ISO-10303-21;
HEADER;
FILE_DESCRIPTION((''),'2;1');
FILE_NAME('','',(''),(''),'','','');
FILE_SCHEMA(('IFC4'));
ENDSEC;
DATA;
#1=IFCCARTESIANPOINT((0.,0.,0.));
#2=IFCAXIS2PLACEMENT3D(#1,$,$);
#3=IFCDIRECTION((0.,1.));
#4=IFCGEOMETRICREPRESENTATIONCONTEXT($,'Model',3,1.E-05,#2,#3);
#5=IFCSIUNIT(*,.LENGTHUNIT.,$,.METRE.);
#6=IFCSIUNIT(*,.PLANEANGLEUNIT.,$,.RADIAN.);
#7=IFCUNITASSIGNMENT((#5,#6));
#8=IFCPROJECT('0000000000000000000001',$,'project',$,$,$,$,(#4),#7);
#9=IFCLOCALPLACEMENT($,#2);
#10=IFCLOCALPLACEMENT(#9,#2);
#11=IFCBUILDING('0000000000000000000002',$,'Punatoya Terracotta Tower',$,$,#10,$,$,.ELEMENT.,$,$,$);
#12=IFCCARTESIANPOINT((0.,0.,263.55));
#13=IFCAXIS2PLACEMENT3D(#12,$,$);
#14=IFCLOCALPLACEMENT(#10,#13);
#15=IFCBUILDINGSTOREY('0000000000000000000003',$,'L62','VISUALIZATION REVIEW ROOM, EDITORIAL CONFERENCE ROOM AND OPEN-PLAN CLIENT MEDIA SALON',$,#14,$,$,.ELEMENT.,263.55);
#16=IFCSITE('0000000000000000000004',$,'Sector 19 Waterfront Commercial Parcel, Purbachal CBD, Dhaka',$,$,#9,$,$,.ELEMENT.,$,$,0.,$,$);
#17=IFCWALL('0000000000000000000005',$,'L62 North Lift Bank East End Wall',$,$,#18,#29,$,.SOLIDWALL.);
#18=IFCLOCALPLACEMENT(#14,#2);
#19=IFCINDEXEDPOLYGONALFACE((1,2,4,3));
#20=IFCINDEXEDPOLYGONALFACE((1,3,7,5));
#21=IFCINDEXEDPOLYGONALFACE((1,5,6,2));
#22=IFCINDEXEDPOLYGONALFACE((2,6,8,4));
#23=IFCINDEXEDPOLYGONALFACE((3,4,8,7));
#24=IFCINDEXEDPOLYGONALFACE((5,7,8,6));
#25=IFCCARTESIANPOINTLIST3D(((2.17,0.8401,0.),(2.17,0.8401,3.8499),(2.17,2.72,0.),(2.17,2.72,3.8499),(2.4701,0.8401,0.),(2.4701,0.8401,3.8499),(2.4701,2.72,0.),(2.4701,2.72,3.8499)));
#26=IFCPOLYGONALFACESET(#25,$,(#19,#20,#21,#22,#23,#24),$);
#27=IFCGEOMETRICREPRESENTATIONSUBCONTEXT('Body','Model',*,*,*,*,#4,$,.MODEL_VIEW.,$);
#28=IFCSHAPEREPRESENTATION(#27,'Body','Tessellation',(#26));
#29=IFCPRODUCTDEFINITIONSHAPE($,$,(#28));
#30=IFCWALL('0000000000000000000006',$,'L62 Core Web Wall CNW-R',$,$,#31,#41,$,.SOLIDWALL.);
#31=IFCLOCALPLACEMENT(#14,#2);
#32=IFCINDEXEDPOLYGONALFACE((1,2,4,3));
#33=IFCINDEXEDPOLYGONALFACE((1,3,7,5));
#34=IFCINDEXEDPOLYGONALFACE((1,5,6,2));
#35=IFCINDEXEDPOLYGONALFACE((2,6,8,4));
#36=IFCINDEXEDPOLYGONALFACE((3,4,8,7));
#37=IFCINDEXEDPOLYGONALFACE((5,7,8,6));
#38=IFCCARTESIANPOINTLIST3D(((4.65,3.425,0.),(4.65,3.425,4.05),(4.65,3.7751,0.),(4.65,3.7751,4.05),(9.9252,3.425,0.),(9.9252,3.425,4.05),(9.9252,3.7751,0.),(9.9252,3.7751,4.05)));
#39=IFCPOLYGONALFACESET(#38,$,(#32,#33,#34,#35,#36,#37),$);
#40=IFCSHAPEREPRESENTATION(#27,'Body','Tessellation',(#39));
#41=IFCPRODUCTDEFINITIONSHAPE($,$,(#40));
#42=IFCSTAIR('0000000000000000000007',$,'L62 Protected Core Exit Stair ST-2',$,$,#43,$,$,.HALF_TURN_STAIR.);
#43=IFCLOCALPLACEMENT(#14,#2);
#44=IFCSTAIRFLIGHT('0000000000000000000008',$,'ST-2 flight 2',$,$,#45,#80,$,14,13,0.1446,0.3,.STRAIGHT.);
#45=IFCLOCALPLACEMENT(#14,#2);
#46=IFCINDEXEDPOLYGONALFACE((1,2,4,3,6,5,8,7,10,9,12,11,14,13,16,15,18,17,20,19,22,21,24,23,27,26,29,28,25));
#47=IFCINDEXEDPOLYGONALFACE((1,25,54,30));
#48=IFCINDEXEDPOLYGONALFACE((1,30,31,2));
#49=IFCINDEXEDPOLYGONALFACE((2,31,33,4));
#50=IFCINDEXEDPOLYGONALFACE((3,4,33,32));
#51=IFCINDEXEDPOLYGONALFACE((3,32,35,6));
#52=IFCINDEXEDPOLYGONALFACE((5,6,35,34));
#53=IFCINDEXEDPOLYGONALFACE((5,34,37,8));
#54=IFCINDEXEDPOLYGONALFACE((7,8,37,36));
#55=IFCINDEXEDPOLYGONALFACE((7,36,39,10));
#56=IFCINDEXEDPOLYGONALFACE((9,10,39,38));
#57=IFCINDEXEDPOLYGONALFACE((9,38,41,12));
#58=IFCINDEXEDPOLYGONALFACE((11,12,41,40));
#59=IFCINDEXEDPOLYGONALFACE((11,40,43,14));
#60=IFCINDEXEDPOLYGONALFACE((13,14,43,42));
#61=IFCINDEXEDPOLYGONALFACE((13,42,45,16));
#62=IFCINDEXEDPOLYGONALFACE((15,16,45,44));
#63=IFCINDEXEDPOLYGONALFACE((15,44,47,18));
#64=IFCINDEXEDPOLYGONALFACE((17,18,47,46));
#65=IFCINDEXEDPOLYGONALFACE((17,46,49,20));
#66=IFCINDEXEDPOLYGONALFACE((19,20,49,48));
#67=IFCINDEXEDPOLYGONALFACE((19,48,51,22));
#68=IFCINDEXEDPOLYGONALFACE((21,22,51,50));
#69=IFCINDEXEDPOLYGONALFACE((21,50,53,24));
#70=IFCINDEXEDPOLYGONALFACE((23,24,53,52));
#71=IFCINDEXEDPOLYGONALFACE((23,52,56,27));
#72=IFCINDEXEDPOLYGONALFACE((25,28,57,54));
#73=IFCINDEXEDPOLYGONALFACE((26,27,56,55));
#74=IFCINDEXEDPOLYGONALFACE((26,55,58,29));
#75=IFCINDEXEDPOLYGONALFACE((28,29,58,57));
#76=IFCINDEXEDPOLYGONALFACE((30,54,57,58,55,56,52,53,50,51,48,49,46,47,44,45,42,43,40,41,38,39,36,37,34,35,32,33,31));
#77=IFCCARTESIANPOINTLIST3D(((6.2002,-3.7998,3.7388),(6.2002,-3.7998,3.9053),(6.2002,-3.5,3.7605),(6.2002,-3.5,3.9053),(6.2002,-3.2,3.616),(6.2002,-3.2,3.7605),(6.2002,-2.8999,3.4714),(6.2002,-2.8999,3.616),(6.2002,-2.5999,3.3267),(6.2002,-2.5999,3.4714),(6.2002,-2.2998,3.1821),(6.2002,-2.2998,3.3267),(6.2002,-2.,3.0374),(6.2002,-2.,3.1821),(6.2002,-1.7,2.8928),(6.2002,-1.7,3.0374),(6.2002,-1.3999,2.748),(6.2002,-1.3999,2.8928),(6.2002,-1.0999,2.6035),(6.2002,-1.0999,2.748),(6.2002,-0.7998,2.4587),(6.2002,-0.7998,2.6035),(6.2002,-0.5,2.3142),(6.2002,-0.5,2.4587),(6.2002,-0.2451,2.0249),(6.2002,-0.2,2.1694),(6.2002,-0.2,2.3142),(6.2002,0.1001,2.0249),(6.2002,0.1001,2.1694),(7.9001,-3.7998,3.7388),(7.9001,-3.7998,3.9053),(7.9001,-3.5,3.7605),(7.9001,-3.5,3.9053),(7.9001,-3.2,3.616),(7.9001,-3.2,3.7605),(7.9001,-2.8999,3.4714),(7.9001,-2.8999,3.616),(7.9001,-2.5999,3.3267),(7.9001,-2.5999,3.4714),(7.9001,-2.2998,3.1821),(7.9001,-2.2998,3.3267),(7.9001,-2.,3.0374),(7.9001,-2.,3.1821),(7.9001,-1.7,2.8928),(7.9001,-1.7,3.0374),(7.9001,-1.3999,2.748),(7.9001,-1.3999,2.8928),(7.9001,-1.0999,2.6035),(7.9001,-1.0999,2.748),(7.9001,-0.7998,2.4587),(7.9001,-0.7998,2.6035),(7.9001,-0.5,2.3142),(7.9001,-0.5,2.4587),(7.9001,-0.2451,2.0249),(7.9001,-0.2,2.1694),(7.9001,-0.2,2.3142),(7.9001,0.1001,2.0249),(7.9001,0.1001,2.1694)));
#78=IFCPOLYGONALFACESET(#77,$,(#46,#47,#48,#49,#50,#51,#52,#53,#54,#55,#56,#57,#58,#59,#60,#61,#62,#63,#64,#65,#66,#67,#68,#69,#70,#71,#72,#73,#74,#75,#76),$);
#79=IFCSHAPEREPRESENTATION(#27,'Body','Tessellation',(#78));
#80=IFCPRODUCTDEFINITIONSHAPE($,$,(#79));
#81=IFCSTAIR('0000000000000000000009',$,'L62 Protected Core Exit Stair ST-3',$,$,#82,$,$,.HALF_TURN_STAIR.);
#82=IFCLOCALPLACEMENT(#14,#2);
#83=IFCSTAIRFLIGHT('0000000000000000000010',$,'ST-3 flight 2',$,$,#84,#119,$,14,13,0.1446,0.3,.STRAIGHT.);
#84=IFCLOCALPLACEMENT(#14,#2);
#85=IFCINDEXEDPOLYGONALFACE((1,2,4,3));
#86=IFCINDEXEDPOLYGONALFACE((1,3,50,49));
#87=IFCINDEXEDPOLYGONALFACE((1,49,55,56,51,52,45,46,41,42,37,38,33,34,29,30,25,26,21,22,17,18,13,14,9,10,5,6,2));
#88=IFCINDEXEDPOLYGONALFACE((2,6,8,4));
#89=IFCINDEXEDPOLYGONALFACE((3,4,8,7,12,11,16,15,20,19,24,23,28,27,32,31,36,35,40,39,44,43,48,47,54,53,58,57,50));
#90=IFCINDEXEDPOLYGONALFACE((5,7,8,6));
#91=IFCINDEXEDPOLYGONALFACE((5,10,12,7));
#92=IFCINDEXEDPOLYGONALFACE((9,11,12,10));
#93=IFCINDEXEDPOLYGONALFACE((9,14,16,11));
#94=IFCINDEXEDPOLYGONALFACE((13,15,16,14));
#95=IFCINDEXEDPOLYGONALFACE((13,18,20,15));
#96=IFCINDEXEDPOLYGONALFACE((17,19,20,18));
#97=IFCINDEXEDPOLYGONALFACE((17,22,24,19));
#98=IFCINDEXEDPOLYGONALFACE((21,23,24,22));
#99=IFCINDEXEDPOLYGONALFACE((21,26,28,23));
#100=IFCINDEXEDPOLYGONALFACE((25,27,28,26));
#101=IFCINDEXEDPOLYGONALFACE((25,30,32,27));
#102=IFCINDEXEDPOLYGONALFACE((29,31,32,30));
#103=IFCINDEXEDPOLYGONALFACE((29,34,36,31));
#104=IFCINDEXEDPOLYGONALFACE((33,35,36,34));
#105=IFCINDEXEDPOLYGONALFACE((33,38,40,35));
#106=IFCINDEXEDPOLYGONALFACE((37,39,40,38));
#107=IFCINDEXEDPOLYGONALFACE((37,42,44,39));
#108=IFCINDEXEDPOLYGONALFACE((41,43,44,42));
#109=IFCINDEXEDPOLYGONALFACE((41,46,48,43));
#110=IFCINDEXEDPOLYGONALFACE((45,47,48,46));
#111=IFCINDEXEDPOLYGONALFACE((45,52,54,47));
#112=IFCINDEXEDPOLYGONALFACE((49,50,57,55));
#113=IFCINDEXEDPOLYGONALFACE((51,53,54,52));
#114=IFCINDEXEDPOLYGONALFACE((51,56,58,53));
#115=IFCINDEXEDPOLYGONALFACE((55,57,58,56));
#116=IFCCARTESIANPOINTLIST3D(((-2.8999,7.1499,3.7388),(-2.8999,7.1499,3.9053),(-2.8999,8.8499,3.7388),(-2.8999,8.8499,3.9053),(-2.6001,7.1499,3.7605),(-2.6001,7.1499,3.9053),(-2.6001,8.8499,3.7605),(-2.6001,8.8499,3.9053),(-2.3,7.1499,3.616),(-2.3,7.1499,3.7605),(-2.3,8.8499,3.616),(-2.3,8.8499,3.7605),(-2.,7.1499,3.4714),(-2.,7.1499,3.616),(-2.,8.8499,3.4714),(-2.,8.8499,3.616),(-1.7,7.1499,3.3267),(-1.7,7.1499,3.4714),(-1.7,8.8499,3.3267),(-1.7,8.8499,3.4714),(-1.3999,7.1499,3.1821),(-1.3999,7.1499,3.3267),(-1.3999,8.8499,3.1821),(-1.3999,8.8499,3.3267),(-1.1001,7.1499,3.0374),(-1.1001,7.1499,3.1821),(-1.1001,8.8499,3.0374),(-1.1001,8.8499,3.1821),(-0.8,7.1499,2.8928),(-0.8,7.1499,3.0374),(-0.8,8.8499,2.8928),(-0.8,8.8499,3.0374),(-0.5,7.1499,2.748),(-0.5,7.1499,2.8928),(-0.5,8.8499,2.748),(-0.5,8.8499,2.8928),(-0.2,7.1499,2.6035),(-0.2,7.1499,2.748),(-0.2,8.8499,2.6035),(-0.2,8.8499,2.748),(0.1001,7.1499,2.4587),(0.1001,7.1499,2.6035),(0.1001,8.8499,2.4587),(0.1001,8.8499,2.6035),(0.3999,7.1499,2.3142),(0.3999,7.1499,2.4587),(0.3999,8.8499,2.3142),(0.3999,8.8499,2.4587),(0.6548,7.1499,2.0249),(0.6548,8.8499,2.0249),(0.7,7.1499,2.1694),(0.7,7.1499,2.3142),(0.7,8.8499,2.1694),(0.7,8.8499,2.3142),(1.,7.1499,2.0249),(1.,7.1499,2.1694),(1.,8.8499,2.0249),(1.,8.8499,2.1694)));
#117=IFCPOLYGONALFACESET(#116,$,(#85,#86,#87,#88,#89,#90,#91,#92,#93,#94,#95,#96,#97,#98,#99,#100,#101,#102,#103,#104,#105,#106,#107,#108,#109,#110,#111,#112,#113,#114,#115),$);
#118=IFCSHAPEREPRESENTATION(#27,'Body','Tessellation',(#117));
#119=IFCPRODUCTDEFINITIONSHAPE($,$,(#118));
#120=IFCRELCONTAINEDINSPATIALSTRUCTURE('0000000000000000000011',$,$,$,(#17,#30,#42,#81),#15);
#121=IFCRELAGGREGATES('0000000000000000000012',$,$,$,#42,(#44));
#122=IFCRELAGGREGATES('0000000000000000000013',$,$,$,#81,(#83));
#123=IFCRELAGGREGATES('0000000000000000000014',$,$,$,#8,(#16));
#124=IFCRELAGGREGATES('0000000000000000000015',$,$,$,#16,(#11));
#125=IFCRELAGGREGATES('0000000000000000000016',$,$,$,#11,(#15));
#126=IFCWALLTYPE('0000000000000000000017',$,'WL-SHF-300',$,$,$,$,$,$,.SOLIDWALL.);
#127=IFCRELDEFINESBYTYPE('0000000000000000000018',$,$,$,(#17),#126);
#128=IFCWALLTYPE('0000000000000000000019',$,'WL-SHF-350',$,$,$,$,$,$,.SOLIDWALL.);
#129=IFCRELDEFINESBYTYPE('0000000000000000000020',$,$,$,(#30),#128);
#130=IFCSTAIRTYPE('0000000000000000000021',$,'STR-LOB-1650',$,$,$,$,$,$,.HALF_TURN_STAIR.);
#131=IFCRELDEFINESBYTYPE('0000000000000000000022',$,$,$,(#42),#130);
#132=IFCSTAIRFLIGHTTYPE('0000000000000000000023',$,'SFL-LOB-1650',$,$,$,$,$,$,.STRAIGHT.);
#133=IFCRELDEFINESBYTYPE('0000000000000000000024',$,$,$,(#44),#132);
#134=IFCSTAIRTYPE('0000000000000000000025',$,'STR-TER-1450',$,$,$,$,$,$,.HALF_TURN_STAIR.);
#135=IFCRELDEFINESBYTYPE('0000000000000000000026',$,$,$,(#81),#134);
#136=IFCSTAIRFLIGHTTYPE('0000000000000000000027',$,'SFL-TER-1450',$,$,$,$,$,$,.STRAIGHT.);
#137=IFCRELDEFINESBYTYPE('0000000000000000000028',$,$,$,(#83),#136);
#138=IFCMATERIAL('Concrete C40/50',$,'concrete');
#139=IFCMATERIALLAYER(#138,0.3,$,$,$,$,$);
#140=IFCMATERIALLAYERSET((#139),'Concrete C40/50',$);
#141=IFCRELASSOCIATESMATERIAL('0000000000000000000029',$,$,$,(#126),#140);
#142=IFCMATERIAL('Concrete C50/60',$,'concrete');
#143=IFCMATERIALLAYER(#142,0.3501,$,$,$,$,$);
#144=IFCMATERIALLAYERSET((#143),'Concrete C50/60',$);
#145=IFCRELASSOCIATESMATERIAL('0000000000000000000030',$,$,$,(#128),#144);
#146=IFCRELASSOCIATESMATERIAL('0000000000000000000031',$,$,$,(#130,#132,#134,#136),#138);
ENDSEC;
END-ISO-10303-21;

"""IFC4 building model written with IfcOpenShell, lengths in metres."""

from ifc_helpers import new_model, si_unit, direction, frame, frame_2d, origin, place, context, subcontext, project, spatial, polyline, rectangle, outline, extrude, material, layer, layer_set, type_object, element, aggregate, save


model = new_model("IFC4")

# Units and contexts
model_context = context("Model", 3, precision=1e-05, world=origin(), true_north=direction((0.0, 1.0)))
body_context = subcontext(model_context, "Body", "Model", "MODEL_VIEW")
ifc_project = project(units=[si_unit("LENGTHUNIT", "METRE"), si_unit("PLANEANGLEUNIT", "RADIAN")], contexts=[model_context])

# Site, building, storey
site_placement = place(None, origin())
site = spatial("IfcSite", under=ifc_project, at=site_placement, Name="Sector 19 Waterfront Commercial Parcel, Purbachal CBD, Dhaka", CompositionType="ELEMENT", RefElevation=0.0)
building_placement = place(site_placement, origin())
building = spatial("IfcBuilding", under=site, at=building_placement, Name="Punatoya Terracotta Tower", CompositionType="ELEMENT")
storey_placement = place(building_placement, frame((0.0, 0.0, 263.55)))
storey = spatial("IfcBuildingStorey", under=building, at=storey_placement, Name="L62", Description="VISUALIZATION REVIEW ROOM, EDITORIAL CONFERENCE ROOM AND OPEN-PLAN CLIENT MEDIA SALON", CompositionType="ELEMENT", Elevation=263.55)

# Shared definitions
ifc_material_1 = material(Name="Concrete C50/60", Category="concrete")

# Shared definitions
ifc_material_2 = material(Name="Concrete C40/50", Category="concrete")

# Walls
ifc_layer_1 = layer(ifc_material_2, 0.3)
ifc_layer_set_1 = layer_set([ifc_layer_1], Name="Concrete C40/50")
wall_type_1 = type_object("IfcWallType", Name="WL-SHF-300", PredefinedType="SOLIDWALL", material=ifc_layer_set_1)
wall_1_placement = place(storey_placement, frame((2.3201, 0.8401, 0.0), z_axis=(0.0, 0.0, 1.0), x_axis=(0.0, 1.0, 0.0)))
element("IfcWall", 1, at=wall_1_placement, inside=storey, type_object=wall_type_1, Name="L62 North Lift Bank East End Wall", PredefinedType="SOLIDWALL", context=body_context, shape_type="SweptSolid", body=[
    extrude(rectangle(XDim=1.8799, YDim=0.3, at=frame_2d((0.9399, 0.0))), origin(), (0.0, 0.0, 1.0), 3.8499),
])
ifc_layer_2 = layer(ifc_material_1, 0.3501)
ifc_layer_set_2 = layer_set([ifc_layer_2], Name="Concrete C50/60")
wall_type_2 = type_object("IfcWallType", Name="WL-SHF-350", PredefinedType="SOLIDWALL", material=ifc_layer_set_2)
wall_2_placement = place(storey_placement, frame((4.6499, 3.6001, 0.0), z_axis=(0.0, 0.0, 1.0), x_axis=(1.0, 0.0, 0.0)))
element("IfcWall", 2, at=wall_2_placement, inside=storey, type_object=wall_type_2, Name="L62 Core Web Wall CNW-R", PredefinedType="SOLIDWALL", context=body_context, shape_type="SweptSolid", body=[
    extrude(rectangle(XDim=5.2751, YDim=0.3501, at=frame_2d((2.6377, 0.0))), origin(), (0.0, 0.0, 1.0), 4.05),
])

# Stairs, stair flights
stair_type_1 = type_object("IfcStairType", Name="STR-LOB-1650", PredefinedType="HALF_TURN_STAIR", material=ifc_material_2)
stair_1_placement = place(storey_placement, origin())
stair_1 = element("IfcStair", 3, at=stair_1_placement, inside=storey, type_object=stair_type_1, Name="L62 Protected Core Exit Stair ST-2", PredefinedType="HALF_TURN_STAIR")
stair_flight_type_1 = type_object("IfcStairFlightType", Name="SFL-LOB-1650", PredefinedType="STRAIGHT", material=ifc_material_2)
stair_flight_1_placement = place(storey_placement, frame((7.05, 0.1001, 2.0249), z_axis=(0.0, 0.0, 1.0), x_axis=(0.0, -1.0, 0.0)))
stair_flight_1 = element("IfcStairFlight", 4, at=stair_flight_1_placement, type_object=stair_flight_type_1, Name="ST-2 flight 2", NumberOfRisers=14, NumberOfTreads=13, PredefinedType="STRAIGHT", RiserHeight=0.1446, TreadLength=0.3, context=body_context, shape_type="SweptSolid", body=[
    extrude(outline(polyline([(0.0, 0.0), (0.0, 0.1445), (0.3, 0.1445), (0.3, 0.2893), (0.6001, 0.2893), (0.6001, 0.4338), (0.8999, 0.4338), (0.8999, 0.5786), (1.2, 0.5786), (1.2, 0.7231), (1.5, 0.7231), (1.5, 0.8679), (1.8, 0.8679), (1.8, 1.0125), (2.1001, 1.0125), (2.1001, 1.1572), (2.3999, 1.1572), (2.3999, 1.3018), (2.7, 1.3018), (2.7, 1.4465), (3.0, 1.4465), (3.0, 1.5911), (3.3, 1.5911), (3.3, 1.7356), (3.6001, 1.7356), (3.6001, 1.8804), (3.8999, 1.8804), (3.8999, 2.0249), (3.8999, 1.7139), (0.3452, 0.0), (0.0, 0.0)])), frame((0.0, 0.8501, 0.0), z_axis=(0.0, -1.0, 0.0), x_axis=(1.0, 0.0, 0.0)), (0.0, 0.0, 1.0), 1.7),
])
aggregate(stair_1, [stair_flight_1])
stair_type_2 = type_object("IfcStairType", Name="STR-TER-1450", PredefinedType="HALF_TURN_STAIR", material=ifc_material_2)
stair_2_placement = place(storey_placement, origin())
stair_2 = element("IfcStair", 5, at=stair_2_placement, inside=storey, type_object=stair_type_2, Name="L62 Protected Core Exit Stair ST-3", PredefinedType="HALF_TURN_STAIR")
stair_flight_type_2 = type_object("IfcStairFlightType", Name="SFL-TER-1450", PredefinedType="STRAIGHT", material=ifc_material_2)
stair_flight_2_placement = place(storey_placement, frame((1.0, 8.0, 2.0249), z_axis=(0.0, 0.0, 1.0), x_axis=(-1.0, 0.0, 0.0)))
stair_flight_2 = element("IfcStairFlight", 6, at=stair_flight_2_placement, type_object=stair_flight_type_2, Name="ST-3 flight 2", NumberOfRisers=14, NumberOfTreads=13, PredefinedType="STRAIGHT", RiserHeight=0.1446, TreadLength=0.3, context=body_context, shape_type="SweptSolid", body=[
    extrude(outline(polyline([(0.0, 0.0), (0.0, 0.1445), (0.3, 0.1445), (0.3, 0.2893), (0.6001, 0.2893), (0.6001, 0.4338), (0.8999, 0.4338), (0.8999, 0.5786), (1.2, 0.5786), (1.2, 0.7231), (1.5, 0.7231), (1.5, 0.8679), (1.8, 0.8679), (1.8, 1.0125), (2.1001, 1.0125), (2.1001, 1.1572), (2.3999, 1.1572), (2.3999, 1.3018), (2.7, 1.3018), (2.7, 1.4465), (3.0, 1.4465), (3.0, 1.5911), (3.3, 1.5911), (3.3, 1.7356), (3.6001, 1.7356), (3.6001, 1.8804), (3.8999, 1.8804), (3.8999, 2.0249), (3.8999, 1.7139), (0.3452, 0.0), (0.0, 0.0)])), frame((0.0, 0.8501, 0.0), z_axis=(0.0, -1.0, 0.0), x_axis=(1.0, 0.0, 0.0)), (0.0, 0.0, 1.0), 1.7),
])
aggregate(stair_2, [stair_flight_2])

save(model, "model.ifc")
